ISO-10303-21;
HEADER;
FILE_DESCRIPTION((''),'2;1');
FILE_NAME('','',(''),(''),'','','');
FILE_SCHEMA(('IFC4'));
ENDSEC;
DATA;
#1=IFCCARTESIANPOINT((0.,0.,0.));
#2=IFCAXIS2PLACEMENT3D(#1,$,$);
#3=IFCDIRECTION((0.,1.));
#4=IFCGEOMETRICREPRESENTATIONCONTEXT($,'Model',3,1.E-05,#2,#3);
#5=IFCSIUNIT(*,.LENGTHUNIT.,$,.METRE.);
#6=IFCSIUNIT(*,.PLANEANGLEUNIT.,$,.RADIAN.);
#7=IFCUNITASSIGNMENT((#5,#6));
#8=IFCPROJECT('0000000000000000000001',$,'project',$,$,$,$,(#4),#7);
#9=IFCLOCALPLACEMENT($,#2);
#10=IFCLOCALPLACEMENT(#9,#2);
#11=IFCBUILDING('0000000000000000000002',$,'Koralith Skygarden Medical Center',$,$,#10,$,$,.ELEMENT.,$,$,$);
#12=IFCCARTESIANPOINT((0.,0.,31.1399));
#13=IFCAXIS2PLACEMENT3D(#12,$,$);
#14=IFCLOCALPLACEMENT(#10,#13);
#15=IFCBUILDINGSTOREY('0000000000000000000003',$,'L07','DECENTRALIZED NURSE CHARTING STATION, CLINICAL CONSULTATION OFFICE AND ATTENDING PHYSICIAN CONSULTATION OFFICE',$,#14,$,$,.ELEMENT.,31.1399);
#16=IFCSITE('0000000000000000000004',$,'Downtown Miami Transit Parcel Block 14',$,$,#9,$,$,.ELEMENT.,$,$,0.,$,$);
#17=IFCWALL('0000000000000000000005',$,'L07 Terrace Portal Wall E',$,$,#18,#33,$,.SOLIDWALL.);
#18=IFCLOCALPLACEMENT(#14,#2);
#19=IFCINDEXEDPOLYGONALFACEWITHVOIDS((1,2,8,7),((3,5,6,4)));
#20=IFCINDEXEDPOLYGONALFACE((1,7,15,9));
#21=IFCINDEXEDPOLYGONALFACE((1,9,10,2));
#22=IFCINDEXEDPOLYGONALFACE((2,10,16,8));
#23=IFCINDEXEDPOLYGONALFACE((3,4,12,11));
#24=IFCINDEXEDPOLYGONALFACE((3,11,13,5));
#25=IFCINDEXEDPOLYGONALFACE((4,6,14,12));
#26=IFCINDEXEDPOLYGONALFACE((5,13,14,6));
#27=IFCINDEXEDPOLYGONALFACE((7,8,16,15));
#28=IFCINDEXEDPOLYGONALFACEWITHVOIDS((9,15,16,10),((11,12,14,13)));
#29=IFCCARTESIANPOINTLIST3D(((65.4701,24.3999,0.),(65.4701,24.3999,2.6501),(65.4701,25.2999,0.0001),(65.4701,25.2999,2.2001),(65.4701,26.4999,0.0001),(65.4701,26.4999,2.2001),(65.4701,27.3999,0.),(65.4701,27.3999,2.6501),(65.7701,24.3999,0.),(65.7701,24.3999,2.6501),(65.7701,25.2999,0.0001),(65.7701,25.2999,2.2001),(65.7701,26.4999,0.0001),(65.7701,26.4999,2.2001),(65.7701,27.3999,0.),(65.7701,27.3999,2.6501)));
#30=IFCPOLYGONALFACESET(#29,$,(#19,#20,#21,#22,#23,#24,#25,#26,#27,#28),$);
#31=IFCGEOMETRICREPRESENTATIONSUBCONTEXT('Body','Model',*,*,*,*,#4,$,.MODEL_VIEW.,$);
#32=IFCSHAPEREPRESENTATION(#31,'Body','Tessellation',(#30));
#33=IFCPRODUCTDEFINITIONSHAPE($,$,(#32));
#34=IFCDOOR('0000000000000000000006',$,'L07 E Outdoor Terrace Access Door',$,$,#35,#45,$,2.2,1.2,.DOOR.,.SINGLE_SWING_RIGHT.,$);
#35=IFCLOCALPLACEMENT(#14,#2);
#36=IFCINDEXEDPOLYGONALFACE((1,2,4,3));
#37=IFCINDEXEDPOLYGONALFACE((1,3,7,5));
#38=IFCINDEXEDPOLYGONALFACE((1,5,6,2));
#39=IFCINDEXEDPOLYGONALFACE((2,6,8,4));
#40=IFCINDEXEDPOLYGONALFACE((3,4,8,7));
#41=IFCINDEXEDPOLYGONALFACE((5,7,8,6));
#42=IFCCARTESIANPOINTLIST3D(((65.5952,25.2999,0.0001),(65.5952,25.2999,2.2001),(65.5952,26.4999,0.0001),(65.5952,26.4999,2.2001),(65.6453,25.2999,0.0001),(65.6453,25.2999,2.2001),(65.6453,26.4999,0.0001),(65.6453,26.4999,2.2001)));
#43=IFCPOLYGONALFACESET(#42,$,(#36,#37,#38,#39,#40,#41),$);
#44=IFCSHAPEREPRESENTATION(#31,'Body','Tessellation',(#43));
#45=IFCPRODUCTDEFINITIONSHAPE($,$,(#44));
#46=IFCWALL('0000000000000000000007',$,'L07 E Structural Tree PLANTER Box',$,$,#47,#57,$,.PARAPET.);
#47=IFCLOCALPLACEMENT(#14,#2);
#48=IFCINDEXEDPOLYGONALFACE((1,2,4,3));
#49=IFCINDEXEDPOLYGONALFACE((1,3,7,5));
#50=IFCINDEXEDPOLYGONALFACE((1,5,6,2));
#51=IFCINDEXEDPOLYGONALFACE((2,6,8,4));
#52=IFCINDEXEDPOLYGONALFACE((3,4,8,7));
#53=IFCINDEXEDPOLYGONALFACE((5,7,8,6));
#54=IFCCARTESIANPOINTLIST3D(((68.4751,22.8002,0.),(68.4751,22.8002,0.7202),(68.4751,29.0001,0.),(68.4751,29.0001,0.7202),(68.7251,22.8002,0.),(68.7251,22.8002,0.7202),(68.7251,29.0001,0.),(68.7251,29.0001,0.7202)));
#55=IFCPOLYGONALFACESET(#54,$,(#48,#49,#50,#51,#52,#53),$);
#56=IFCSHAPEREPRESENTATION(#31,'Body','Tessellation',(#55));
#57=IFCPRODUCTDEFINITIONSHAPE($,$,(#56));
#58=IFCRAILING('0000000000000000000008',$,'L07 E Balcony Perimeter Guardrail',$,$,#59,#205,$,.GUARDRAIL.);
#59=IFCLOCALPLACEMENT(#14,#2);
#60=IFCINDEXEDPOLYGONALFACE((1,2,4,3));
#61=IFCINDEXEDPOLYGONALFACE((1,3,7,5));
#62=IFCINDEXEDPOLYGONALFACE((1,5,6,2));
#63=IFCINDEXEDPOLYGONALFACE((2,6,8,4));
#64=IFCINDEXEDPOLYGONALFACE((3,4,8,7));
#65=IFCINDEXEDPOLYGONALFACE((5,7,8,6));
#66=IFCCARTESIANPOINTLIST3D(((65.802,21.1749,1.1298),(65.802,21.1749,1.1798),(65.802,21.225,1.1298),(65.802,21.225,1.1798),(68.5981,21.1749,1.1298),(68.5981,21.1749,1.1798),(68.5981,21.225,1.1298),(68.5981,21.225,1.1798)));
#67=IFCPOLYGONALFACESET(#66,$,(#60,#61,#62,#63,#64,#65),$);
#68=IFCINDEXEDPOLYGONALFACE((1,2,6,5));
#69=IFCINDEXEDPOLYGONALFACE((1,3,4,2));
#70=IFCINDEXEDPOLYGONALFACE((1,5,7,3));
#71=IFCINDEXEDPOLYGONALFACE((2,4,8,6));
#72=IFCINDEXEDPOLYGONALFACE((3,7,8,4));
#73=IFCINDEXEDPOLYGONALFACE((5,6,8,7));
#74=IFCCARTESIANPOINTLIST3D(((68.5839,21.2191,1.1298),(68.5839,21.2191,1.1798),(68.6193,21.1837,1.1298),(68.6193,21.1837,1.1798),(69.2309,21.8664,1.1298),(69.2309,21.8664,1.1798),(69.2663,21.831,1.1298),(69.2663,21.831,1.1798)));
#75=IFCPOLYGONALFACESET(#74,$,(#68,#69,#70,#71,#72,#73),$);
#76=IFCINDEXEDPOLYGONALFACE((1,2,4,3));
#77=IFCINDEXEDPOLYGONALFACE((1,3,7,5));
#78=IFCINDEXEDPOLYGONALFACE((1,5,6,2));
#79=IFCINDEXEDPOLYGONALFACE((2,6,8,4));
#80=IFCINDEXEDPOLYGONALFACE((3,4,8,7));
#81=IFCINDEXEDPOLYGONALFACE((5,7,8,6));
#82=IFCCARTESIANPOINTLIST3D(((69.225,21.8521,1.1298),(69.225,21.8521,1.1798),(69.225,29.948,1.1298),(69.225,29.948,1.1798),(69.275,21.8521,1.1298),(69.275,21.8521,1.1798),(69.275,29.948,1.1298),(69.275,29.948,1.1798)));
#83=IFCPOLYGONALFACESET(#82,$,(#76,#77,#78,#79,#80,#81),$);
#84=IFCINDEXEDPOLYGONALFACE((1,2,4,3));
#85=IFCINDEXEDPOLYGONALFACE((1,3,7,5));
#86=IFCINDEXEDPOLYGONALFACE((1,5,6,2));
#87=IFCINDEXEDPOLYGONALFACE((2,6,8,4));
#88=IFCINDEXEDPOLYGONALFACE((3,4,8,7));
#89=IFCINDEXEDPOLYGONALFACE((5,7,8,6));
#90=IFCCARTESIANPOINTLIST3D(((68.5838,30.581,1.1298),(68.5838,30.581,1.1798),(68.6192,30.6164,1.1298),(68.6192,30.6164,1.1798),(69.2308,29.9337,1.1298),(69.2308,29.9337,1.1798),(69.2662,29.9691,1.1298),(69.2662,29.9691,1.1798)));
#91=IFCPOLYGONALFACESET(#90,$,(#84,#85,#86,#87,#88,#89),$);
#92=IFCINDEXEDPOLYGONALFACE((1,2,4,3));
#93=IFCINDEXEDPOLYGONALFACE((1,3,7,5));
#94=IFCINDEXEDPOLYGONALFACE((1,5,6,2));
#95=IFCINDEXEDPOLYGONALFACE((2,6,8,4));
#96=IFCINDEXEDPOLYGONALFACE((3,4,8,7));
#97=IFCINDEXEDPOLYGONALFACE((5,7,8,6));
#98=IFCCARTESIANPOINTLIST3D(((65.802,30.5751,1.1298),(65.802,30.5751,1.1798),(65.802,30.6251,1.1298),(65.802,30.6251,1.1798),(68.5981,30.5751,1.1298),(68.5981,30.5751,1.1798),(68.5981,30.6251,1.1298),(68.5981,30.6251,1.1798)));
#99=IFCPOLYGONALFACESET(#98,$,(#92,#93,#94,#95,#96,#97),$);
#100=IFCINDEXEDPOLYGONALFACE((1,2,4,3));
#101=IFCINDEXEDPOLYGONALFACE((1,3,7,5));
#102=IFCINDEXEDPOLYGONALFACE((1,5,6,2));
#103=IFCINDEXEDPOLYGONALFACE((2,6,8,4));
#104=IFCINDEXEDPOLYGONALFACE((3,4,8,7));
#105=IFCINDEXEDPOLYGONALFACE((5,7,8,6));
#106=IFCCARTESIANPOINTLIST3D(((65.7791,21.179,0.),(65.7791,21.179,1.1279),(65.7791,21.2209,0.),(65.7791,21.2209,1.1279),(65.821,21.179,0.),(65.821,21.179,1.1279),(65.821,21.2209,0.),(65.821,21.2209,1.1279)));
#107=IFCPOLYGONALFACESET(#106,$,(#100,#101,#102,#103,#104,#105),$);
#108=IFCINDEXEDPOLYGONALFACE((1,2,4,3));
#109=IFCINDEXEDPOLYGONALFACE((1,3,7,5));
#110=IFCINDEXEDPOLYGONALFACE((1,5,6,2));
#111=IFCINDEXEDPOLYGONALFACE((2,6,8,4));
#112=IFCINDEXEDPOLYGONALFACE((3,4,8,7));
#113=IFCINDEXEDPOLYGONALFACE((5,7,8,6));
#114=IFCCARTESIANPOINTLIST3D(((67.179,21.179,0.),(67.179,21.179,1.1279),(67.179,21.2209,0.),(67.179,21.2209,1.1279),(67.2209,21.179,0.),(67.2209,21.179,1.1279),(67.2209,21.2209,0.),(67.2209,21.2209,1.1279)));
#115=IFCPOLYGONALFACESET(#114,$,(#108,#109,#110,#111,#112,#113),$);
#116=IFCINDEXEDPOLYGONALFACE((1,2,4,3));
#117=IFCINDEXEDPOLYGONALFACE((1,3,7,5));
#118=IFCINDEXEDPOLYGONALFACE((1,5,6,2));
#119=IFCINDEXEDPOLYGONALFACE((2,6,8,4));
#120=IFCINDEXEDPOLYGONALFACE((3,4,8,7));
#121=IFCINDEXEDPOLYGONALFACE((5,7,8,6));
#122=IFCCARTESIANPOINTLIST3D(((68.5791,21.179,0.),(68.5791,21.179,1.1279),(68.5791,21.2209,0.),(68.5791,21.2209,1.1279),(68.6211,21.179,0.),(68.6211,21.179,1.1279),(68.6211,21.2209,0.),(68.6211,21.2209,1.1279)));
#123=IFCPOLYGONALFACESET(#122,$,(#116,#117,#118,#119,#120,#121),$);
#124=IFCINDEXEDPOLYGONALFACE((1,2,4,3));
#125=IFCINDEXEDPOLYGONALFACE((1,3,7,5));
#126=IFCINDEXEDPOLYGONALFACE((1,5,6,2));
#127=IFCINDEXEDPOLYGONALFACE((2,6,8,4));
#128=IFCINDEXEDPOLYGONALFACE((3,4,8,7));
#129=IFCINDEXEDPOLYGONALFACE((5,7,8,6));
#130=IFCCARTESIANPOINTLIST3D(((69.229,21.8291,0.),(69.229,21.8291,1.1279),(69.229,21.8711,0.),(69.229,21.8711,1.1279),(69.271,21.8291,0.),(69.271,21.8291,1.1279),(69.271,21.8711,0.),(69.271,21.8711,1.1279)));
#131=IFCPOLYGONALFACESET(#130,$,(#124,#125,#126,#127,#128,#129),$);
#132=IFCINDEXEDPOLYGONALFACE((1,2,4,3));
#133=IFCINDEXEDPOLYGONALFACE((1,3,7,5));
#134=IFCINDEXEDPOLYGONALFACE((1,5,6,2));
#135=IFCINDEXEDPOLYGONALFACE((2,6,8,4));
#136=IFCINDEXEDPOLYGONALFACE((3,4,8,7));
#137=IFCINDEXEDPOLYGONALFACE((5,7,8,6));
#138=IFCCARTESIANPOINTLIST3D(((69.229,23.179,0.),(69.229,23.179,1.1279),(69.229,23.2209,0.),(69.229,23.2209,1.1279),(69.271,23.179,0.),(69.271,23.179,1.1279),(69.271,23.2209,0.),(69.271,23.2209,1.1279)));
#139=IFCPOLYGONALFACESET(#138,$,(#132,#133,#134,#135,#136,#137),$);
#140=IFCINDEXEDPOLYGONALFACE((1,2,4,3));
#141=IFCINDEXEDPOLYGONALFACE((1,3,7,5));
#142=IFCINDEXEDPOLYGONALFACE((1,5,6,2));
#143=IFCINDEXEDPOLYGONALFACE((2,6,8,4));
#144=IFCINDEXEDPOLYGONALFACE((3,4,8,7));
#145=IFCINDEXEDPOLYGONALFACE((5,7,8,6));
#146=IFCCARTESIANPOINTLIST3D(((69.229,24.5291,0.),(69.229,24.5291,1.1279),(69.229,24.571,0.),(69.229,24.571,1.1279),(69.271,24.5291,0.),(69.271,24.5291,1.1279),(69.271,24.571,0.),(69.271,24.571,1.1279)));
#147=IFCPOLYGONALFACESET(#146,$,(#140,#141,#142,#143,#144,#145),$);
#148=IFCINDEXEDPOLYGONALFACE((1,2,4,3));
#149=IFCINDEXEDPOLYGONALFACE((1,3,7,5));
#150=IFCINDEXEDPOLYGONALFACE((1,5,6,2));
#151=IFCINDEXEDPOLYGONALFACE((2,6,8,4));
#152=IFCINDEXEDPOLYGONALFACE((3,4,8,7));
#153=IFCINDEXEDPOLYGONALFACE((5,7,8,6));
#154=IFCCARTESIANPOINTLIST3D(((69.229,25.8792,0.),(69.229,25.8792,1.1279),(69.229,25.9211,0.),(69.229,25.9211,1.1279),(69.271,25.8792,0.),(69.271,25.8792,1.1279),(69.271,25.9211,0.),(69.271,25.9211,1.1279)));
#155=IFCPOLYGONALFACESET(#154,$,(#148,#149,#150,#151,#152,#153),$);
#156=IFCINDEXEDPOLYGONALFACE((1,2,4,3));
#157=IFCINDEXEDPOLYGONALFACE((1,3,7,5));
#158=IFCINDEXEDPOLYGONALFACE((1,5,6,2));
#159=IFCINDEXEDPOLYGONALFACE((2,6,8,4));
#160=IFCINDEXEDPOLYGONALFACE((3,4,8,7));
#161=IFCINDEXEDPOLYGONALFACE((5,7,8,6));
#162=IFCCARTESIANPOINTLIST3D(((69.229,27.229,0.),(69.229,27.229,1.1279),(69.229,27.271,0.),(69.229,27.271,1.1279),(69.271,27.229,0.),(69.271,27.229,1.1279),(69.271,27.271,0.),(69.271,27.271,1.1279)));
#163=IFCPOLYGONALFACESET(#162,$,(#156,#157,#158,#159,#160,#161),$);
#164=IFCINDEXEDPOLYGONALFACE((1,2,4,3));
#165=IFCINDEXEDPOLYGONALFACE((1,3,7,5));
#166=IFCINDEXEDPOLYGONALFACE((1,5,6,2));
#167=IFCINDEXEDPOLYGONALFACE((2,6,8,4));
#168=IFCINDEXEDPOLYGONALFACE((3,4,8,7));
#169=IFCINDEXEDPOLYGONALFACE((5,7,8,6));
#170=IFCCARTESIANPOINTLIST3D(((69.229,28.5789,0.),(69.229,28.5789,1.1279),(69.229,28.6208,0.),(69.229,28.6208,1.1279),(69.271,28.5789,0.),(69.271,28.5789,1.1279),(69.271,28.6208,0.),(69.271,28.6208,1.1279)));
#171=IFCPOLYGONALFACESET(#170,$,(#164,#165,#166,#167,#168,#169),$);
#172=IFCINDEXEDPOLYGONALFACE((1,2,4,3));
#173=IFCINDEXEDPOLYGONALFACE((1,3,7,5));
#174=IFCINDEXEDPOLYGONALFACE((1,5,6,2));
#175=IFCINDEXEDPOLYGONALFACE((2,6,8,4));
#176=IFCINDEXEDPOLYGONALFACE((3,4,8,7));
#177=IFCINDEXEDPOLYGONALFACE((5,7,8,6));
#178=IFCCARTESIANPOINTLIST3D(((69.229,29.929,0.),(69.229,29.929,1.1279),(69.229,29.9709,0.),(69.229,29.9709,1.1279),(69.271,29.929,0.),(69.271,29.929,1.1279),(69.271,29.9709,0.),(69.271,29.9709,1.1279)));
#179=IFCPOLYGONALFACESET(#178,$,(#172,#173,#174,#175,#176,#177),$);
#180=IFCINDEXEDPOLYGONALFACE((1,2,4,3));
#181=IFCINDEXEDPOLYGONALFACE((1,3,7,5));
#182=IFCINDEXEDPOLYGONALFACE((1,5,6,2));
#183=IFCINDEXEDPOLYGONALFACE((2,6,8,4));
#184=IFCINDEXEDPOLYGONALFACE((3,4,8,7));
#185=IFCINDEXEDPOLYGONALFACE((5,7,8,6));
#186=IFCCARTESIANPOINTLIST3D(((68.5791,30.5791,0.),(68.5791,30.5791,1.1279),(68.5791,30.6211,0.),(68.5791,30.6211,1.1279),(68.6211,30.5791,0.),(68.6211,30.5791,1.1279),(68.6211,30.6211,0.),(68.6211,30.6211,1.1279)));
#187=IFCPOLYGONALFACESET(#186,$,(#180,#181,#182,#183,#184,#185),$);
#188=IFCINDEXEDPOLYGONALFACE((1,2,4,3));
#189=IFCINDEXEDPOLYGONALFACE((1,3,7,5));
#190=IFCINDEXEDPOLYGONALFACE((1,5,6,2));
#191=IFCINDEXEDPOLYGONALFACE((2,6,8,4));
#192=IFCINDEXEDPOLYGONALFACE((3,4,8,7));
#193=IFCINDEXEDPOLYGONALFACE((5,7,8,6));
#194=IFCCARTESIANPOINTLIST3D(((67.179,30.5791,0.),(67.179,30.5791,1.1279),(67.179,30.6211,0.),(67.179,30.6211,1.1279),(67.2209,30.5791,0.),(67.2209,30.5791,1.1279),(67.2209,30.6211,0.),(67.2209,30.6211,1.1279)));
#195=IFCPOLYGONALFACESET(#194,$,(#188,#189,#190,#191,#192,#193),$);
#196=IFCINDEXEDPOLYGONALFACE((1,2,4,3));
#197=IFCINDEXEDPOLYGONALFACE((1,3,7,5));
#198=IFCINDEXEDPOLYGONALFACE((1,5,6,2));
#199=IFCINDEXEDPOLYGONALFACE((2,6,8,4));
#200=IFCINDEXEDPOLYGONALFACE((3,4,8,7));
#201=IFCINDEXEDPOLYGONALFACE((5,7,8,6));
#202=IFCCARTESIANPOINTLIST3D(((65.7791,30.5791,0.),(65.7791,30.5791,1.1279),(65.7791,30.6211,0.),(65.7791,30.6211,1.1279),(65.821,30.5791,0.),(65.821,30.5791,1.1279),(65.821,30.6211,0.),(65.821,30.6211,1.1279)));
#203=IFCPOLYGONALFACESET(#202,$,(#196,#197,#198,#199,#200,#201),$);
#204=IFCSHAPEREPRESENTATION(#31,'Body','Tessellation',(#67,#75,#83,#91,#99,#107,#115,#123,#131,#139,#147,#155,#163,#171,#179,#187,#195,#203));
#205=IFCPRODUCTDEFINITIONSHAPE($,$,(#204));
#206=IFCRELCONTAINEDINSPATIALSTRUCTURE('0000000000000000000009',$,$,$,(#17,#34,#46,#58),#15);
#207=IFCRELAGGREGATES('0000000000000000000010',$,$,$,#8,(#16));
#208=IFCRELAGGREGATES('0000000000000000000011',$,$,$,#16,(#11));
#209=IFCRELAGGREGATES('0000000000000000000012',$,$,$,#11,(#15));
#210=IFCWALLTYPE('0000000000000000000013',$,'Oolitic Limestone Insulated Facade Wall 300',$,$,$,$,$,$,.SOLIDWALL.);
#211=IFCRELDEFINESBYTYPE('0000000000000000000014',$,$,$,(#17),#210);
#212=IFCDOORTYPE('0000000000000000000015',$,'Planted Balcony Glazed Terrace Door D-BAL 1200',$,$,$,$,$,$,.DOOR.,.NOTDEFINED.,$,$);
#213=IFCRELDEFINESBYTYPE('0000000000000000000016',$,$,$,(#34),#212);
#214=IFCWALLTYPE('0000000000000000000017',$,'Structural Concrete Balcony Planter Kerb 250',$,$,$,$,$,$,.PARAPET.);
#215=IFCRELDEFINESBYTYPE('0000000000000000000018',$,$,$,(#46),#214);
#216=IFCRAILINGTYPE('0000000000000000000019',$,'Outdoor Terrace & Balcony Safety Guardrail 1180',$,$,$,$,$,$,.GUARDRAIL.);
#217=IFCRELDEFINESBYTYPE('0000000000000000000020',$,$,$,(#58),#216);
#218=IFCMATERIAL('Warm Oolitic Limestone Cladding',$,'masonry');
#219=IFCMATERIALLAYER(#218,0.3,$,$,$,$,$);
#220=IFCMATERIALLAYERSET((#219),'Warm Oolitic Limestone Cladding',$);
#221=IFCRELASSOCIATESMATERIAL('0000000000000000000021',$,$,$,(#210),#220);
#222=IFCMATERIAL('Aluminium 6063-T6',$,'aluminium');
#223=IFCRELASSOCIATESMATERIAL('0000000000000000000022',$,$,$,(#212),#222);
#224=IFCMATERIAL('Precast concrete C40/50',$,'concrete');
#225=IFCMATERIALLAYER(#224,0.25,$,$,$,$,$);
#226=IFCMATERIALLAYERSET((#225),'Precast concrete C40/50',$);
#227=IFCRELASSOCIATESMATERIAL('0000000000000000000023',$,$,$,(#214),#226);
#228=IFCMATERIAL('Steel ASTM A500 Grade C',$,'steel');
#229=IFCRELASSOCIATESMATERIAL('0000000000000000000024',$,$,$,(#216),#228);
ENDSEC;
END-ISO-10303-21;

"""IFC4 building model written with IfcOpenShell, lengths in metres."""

from ifc_helpers import new_model, si_unit, direction, frame, frame_2d, origin, origin_2d, place, context, subcontext, project, spatial, rectangle, extrude, material, layer, layer_set, type_object, element, fill, save


model = new_model("IFC4")

# Units and contexts
model_context = context("Model", 3, precision=1e-05, world=origin(), true_north=direction((0.0, 1.0)))
body_context = subcontext(model_context, "Body", "Model", "MODEL_VIEW")
ifc_project = project(units=[si_unit("LENGTHUNIT", "METRE"), si_unit("PLANEANGLEUNIT", "RADIAN")], contexts=[model_context])

# Site, building, storey
site_placement = place(None, origin())
site = spatial("IfcSite", under=ifc_project, at=site_placement, Name="Downtown Miami Transit Parcel Block 14", CompositionType="ELEMENT", RefElevation=0.0)
building_placement = place(site_placement, origin())
building = spatial("IfcBuilding", under=site, at=building_placement, Name="Koralith Skygarden Medical Center", CompositionType="ELEMENT")
storey_placement = place(building_placement, frame((0.0, 0.0, 31.1399)))
storey = spatial("IfcBuildingStorey", under=building, at=storey_placement, Name="L07", Description="DECENTRALIZED NURSE CHARTING STATION, CLINICAL CONSULTATION OFFICE AND ATTENDING PHYSICIAN CONSULTATION OFFICE", CompositionType="ELEMENT", Elevation=31.1399)

# Shared definitions
ifc_material_1 = material(Name="Aluminium 6063-T6", Category="aluminium")

# Wall, opening, door
ifc_material_2 = material(Name="Warm Oolitic Limestone Cladding", Category="masonry")
ifc_layer_1 = layer(ifc_material_2, 0.3)
ifc_layer_set_1 = layer_set([ifc_layer_1], Name="Warm Oolitic Limestone Cladding")
wall_type_1 = type_object("IfcWallType", Name="Oolitic Limestone Insulated Facade Wall 300", PredefinedType="SOLIDWALL", material=ifc_layer_set_1)
wall_1_placement = place(storey_placement, frame((65.6201, 24.3999, 0.0), z_axis=(0.0, 0.0, 1.0), x_axis=(0.0, 1.0, 0.0)))
wall_1 = element("IfcWall", 1, at=wall_1_placement, inside=storey, type_object=wall_type_1, Name="L07 Terrace Portal Wall E", PredefinedType="SOLIDWALL", context=body_context, shape_type="SweptSolid", body=[
    extrude(rectangle(XDim=3.0, YDim=0.3, at=frame_2d((1.5, 0.0))), origin(), (0.0, 0.0, 1.0), 2.6501),
])
opening_1_placement = place(wall_1_placement, frame((0.8999, 0.0, 0.0)))
opening_1 = element("IfcOpeningElement", 2, at=opening_1_placement, cuts=wall_1, PredefinedType="OPENING", context=body_context, shape_type="SweptSolid", body=[
    extrude(rectangle(XDim=1.2, YDim=2.2, at=frame_2d((0.6001, 1.1001))), frame((0.0, 0.1599, 0.0), z_axis=(0.0, -1.0, 0.0), x_axis=(1.0, 0.0, 0.0)), (0.0, 0.0, 1.0), 0.3201),
])
door_type_1 = type_object("IfcDoorType", Name="Planted Balcony Glazed Terrace Door D-BAL 1200", OperationType="NOTDEFINED", PredefinedType="DOOR", material=ifc_material_1)
door_1_placement = place(opening_1_placement, origin())
door_1 = element("IfcDoor", 3, at=door_1_placement, inside=storey, type_object=door_type_1, Name="L07 E Outdoor Terrace Access Door", OperationType="SINGLE_SWING_RIGHT", OverallHeight=2.2, OverallWidth=1.2, PredefinedType="DOOR", context=body_context, shape_type="SweptSolid", body=[
    extrude(rectangle(XDim=1.2, YDim=2.2, at=frame_2d((0.6001, 1.1001))), frame((0.0, 0.0249, 0.0), z_axis=(0.0, -1.0, 0.0), x_axis=(1.0, 0.0, 0.0)), (0.0, 0.0, 1.0), 0.05),
])
fill(opening_1, door_1)

# Wall
ifc_material_3 = material(Name="Precast concrete C40/50", Category="concrete")
ifc_layer_2 = layer(ifc_material_3, 0.25)
ifc_layer_set_2 = layer_set([ifc_layer_2], Name="Precast concrete C40/50")
wall_type_2 = type_object("IfcWallType", Name="Structural Concrete Balcony Planter Kerb 250", PredefinedType="PARAPET", material=ifc_layer_set_2)
wall_2_placement = place(storey_placement, frame((68.6001, 22.8, 0.0), z_axis=(0.0, 0.0, 1.0), x_axis=(0.0, 1.0, 0.0)))
element("IfcWall", 4, at=wall_2_placement, inside=storey, type_object=wall_type_2, Name="L07 E Structural Tree PLANTER Box", PredefinedType="PARAPET", context=body_context, shape_type="SweptSolid", body=[
    extrude(rectangle(XDim=6.2, YDim=0.25, at=frame_2d((3.1001, 0.0))), origin(), (0.0, 0.0, 1.0), 0.7202),
])

# Railing
ifc_material_4 = material(Name="Steel ASTM A500 Grade C", Category="steel")
railing_type = type_object("IfcRailingType", Name="Outdoor Terrace & Balcony Safety Guardrail 1180", PredefinedType="GUARDRAIL", material=ifc_material_4)
railing_placement = place(storey_placement, frame((65.8, 21.2, 0.0)))
element("IfcRailing", 5, at=railing_placement, inside=storey, type_object=railing_type, Name="L07 E Balcony Perimeter Guardrail", PredefinedType="GUARDRAIL", context=body_context, shape_type="SweptSolid", body=[
    extrude(rectangle(XDim=0.05, YDim=0.05, at=origin_2d()), frame((0.002, 0.0, 1.1548), z_axis=(1.0, 0.0, 0.0), x_axis=(0.0, 1.0, 0.0)), (0.0, 0.0, 1.0), 2.7961),
    extrude(rectangle(XDim=0.05, YDim=0.05, at=origin_2d()), frame((2.8015, 0.0015, 1.1548), z_axis=(0.706974, 0.70724, 0.0), x_axis=(-0.70724, 0.706974, 0.0)), (0.0, 0.0, 1.0), 0.9153),
    extrude(rectangle(XDim=0.05, YDim=0.05, at=origin_2d()), frame((3.45, 0.6521, 1.1548), z_axis=(0.0, 1.0, 0.0), x_axis=(-1.0, 0.0, 0.0)), (0.0, 0.0, 1.0), 8.0959),
    extrude(rectangle(XDim=0.05, YDim=0.05, at=origin_2d()), frame((3.4485, 8.7515, 1.1548), z_axis=(-0.706974, 0.70724, 0.0), x_axis=(-0.70724, -0.706974, 0.0)), (0.0, 0.0, 1.0), 0.9153),
    extrude(rectangle(XDim=0.05, YDim=0.05, at=origin_2d()), frame((2.7981, 9.4001, 1.1548), z_axis=(-1.0, 0.0, 0.0), x_axis=(0.0, -1.0, 0.0)), (0.0, 0.0, 1.0), 2.7961),
    extrude(rectangle(XDim=0.042, YDim=0.042, at=origin_2d()), origin(), (0.0, 0.0, 1.0), 1.1279),
    extrude(rectangle(XDim=0.042, YDim=0.042, at=origin_2d()), frame((1.3999, 0.0, 0.0)), (0.0, 0.0, 1.0), 1.1279),
    extrude(rectangle(XDim=0.042, YDim=0.042, at=origin_2d()), frame((2.8, 0.0, 0.0)), (0.0, 0.0, 1.0), 1.1279),
    extrude(rectangle(XDim=0.042, YDim=0.042, at=origin_2d()), frame((3.45, 0.6501, 0.0)), (0.0, 0.0, 1.0), 1.1279),
    extrude(rectangle(XDim=0.042, YDim=0.042, at=origin_2d()), frame((3.45, 2.0, 0.0)), (0.0, 0.0, 1.0), 1.1279),
    extrude(rectangle(XDim=0.042, YDim=0.042, at=origin_2d()), frame((3.45, 3.3501, 0.0)), (0.0, 0.0, 1.0), 1.1279),
    extrude(rectangle(XDim=0.042, YDim=0.042, at=origin_2d()), frame((3.45, 4.7002, 0.0)), (0.0, 0.0, 1.0), 1.1279),
    extrude(rectangle(XDim=0.042, YDim=0.042, at=origin_2d()), frame((3.45, 6.05, 0.0)), (0.0, 0.0, 1.0), 1.1279),
    extrude(rectangle(XDim=0.042, YDim=0.042, at=origin_2d()), frame((3.45, 7.3999, 0.0)), (0.0, 0.0, 1.0), 1.1279),
    extrude(rectangle(XDim=0.042, YDim=0.042, at=origin_2d()), frame((3.45, 8.75, 0.0)), (0.0, 0.0, 1.0), 1.1279),
    extrude(rectangle(XDim=0.042, YDim=0.042, at=origin_2d()), frame((2.8, 9.4001, 0.0)), (0.0, 0.0, 1.0), 1.1279),
    extrude(rectangle(XDim=0.042, YDim=0.042, at=origin_2d()), frame((1.3999, 9.4001, 0.0)), (0.0, 0.0, 1.0), 1.1279),
    extrude(rectangle(XDim=0.042, YDim=0.042, at=origin_2d()), frame((0.0, 9.4001, 0.0)), (0.0, 0.0, 1.0), 1.1279),
])

save(model, "model.ifc")
